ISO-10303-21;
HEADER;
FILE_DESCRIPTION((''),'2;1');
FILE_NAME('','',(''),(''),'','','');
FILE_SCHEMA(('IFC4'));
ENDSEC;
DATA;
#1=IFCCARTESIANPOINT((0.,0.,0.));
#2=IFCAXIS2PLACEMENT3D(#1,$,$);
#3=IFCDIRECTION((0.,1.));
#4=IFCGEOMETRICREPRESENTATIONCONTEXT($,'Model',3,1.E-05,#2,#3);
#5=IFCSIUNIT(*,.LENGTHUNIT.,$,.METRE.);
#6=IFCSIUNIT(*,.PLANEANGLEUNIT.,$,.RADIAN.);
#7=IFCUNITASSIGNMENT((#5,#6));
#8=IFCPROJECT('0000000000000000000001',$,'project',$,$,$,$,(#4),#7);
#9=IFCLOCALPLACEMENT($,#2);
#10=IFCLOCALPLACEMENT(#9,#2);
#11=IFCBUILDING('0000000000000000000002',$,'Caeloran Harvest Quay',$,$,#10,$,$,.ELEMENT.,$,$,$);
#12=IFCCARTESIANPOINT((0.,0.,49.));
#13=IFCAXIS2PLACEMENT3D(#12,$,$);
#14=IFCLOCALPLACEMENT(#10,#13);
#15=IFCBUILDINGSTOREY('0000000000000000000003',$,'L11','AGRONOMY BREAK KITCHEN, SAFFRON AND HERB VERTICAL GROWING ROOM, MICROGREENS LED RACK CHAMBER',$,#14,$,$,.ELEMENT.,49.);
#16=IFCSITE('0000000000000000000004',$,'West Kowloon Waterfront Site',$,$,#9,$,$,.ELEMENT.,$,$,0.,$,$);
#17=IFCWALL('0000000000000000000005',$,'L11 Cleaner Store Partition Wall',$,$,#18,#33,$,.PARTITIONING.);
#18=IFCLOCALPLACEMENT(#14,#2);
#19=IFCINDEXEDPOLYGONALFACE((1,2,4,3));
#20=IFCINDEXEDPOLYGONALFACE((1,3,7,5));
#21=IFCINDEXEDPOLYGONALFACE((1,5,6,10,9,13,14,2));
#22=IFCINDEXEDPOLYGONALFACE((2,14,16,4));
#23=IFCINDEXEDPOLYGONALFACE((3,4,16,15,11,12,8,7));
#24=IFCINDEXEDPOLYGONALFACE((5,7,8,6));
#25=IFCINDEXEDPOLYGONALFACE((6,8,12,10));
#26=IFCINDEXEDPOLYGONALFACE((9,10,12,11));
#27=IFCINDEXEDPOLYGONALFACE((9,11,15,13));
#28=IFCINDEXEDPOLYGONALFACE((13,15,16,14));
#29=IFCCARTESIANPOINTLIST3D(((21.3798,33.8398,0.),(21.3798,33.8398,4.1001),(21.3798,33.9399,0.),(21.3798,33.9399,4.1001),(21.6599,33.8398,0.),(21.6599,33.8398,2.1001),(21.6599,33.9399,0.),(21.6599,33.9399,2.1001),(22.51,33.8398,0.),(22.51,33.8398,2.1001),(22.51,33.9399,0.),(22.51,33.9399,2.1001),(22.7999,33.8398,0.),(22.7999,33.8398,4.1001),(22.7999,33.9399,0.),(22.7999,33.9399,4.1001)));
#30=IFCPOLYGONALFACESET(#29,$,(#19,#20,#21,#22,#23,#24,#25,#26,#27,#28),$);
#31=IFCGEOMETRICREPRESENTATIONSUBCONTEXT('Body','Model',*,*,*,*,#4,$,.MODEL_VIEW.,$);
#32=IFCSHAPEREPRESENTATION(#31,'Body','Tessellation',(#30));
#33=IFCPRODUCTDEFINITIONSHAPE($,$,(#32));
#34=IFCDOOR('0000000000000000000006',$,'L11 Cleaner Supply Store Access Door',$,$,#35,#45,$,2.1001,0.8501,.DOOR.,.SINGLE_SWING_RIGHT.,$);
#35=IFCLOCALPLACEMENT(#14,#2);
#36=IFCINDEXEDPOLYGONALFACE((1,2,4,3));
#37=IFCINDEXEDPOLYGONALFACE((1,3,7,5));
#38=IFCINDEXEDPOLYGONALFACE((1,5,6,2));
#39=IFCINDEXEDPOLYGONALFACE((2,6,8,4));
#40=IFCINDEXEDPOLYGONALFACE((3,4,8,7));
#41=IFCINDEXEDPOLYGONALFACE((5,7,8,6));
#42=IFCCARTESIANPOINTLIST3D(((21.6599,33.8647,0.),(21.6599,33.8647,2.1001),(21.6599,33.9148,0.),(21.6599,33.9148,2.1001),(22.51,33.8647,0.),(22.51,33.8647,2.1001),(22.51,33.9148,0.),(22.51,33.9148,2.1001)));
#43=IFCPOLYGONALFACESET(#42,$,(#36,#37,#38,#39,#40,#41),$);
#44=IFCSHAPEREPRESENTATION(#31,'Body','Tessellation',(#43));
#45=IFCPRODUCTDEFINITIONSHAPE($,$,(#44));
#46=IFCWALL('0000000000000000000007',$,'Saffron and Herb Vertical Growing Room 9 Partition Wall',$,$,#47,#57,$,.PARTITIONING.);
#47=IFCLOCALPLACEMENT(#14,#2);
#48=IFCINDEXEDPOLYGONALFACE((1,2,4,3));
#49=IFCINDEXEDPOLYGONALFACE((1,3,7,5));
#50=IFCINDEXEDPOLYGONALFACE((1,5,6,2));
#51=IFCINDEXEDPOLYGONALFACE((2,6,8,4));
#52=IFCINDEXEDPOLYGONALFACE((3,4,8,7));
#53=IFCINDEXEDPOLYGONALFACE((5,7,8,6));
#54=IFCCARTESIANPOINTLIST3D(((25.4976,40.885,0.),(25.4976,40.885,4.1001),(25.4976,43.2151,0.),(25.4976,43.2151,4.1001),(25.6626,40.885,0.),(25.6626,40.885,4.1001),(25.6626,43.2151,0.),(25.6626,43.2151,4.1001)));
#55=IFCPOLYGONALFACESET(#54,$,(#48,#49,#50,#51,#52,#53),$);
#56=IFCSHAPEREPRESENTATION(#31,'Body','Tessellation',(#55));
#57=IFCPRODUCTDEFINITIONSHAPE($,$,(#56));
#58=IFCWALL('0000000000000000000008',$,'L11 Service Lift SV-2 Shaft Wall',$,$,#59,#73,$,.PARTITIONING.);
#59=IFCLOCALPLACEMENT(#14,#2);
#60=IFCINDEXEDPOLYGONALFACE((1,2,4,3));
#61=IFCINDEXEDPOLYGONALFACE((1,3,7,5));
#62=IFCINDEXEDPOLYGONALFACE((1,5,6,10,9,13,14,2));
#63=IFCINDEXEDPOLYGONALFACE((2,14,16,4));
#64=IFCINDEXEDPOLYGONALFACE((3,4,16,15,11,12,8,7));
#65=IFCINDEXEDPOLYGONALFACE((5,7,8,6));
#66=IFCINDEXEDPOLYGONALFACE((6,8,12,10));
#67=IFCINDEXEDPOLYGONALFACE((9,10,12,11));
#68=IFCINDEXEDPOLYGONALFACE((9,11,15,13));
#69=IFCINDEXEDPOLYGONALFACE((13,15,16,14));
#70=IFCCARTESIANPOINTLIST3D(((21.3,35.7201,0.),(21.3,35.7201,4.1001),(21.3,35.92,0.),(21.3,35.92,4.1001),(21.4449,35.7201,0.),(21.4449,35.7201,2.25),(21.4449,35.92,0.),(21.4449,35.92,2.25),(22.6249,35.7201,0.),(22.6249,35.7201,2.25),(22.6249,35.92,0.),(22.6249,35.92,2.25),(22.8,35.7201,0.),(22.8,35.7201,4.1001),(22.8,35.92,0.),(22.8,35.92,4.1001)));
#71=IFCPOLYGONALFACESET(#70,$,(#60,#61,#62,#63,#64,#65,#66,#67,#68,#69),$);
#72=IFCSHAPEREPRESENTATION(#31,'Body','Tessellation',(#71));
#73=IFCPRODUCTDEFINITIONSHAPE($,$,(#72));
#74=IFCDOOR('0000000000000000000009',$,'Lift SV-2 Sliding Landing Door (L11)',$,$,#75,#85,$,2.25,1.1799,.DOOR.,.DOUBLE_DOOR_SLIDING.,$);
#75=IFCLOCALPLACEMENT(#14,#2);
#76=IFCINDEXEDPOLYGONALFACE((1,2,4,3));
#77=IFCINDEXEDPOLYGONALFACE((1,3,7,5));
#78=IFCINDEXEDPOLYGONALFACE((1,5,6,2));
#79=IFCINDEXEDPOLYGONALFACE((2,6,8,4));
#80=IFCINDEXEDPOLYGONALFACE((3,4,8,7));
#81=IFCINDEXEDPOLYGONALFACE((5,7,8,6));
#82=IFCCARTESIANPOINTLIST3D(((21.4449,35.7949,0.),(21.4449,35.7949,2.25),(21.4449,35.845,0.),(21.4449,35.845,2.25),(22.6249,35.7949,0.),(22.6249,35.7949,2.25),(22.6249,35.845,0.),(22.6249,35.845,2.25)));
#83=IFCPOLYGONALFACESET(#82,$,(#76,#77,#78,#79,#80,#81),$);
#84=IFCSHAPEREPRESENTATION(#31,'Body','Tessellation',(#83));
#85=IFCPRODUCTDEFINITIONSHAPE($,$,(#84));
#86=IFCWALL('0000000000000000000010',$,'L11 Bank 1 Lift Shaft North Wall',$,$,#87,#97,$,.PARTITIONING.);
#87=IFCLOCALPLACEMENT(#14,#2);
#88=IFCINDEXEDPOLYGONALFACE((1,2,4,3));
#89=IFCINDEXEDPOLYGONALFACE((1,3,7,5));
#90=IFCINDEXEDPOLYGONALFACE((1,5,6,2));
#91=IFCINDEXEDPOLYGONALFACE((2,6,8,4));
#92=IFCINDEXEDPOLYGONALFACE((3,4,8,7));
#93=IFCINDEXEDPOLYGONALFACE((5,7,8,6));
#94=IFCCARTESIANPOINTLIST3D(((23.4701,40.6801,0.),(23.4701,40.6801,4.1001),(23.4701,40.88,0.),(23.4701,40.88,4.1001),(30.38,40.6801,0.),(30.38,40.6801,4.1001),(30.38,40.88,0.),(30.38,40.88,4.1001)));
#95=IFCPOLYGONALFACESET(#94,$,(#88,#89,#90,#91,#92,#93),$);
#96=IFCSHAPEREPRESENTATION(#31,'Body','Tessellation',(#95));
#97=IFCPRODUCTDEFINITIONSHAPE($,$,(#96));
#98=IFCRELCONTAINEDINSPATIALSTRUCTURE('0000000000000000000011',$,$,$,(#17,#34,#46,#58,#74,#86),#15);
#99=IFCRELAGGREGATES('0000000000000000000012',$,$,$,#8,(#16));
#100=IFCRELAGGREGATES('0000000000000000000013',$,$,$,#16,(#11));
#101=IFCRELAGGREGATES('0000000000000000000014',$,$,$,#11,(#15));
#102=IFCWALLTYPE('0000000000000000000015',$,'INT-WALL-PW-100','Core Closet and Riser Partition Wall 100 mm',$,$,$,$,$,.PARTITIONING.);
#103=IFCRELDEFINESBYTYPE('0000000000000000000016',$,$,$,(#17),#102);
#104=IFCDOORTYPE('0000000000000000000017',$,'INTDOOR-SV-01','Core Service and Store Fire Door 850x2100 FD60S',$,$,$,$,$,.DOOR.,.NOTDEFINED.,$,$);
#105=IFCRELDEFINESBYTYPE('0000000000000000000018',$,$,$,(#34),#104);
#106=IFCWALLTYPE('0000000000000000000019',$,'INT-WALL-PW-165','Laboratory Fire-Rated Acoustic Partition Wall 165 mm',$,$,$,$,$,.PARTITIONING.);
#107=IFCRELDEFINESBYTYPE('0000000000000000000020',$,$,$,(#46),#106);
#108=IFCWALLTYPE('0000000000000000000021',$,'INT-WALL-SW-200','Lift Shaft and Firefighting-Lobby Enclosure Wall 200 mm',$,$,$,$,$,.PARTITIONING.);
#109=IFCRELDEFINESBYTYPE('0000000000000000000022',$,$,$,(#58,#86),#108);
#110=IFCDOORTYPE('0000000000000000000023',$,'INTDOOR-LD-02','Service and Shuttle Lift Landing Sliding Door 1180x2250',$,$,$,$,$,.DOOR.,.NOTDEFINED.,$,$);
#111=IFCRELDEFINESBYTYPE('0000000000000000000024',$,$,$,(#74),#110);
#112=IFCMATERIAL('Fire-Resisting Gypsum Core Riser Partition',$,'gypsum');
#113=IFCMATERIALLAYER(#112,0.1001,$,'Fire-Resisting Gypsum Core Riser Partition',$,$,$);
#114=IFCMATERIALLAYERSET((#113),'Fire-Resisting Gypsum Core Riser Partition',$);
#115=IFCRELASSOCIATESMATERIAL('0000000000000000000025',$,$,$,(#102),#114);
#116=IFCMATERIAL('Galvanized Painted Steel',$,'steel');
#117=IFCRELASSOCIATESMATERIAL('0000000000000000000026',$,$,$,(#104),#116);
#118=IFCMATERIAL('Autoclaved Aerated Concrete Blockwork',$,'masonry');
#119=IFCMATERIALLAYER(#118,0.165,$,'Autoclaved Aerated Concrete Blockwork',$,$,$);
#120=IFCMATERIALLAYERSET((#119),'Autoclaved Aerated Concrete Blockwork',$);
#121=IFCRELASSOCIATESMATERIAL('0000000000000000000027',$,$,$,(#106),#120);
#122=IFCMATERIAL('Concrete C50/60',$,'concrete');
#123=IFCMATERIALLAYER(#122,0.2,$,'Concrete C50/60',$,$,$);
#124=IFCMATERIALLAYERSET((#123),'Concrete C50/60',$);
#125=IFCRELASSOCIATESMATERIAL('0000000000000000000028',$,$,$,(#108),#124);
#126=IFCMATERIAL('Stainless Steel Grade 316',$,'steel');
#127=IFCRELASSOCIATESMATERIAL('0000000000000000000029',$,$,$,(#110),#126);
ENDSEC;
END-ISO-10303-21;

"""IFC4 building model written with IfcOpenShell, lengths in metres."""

from ifc_helpers import new_model, si_unit, direction, frame, frame_2d, origin, place, context, subcontext, project, spatial, rectangle, extrude, material, layer, layer_set, type_object, element, fill, save


model = new_model("IFC4")

# Units and contexts
model_context = context("Model", 3, precision=1e-05, world=origin(), true_north=direction((0.0, 1.0)))
body_context = subcontext(model_context, "Body", "Model", "MODEL_VIEW")
ifc_project = project(units=[si_unit("LENGTHUNIT", "METRE"), si_unit("PLANEANGLEUNIT", "RADIAN")], contexts=[model_context])

# Site, building, storey
site_placement = place(None, origin())
site = spatial("IfcSite", under=ifc_project, at=site_placement, Name="West Kowloon Waterfront Site", CompositionType="ELEMENT", RefElevation=0.0)
building_placement = place(site_placement, origin())
building = spatial("IfcBuilding", under=site, at=building_placement, Name="Caeloran Harvest Quay", CompositionType="ELEMENT")
storey_placement = place(building_placement, frame((0.0, 0.0, 49.0)))
storey = spatial("IfcBuildingStorey", under=building, at=storey_placement, Name="L11", Description="AGRONOMY BREAK KITCHEN, SAFFRON AND HERB VERTICAL GROWING ROOM, MICROGREENS LED RACK CHAMBER", CompositionType="ELEMENT", Elevation=49.0)

# Wall, opening, door
ifc_material_1 = material(Name="Fire-Resisting Gypsum Core Riser Partition", Category="gypsum")
ifc_layer_1 = layer(ifc_material_1, 0.1001, Name="Fire-Resisting Gypsum Core Riser Partition")
ifc_layer_set_1 = layer_set([ifc_layer_1], Name="Fire-Resisting Gypsum Core Riser Partition")
wall_type_1 = type_object("IfcWallType", Name="INT-WALL-PW-100", Description="Core Closet and Riser Partition Wall 100 mm", PredefinedType="PARTITIONING", material=ifc_layer_set_1)
wall_1_placement = place(storey_placement, frame((21.3799, 33.8899, 0.0), z_axis=(0.0, 0.0, 1.0), x_axis=(1.0, 0.0, 0.0)))
wall_1 = element("IfcWall", 1, at=wall_1_placement, inside=storey, type_object=wall_type_1, Name="L11 Cleaner Store Partition Wall", PredefinedType="PARTITIONING", context=body_context, shape_type="SweptSolid", body=[
    extrude(rectangle(XDim=1.4202, YDim=0.1001, at=frame_2d((0.71, 0.0))), origin(), (0.0, 0.0, 1.0), 4.1001),
])
opening_1_placement = place(wall_1_placement, frame((0.28, 0.0, 0.0)))
opening_1 = element("IfcOpeningElement", 2, at=opening_1_placement, cuts=wall_1, PredefinedType="OPENING", context=body_context, shape_type="SweptSolid", body=[
    extrude(rectangle(XDim=0.8501, YDim=2.1001, at=frame_2d((0.425, 1.05))), frame((0.0, 0.0601, 0.0), z_axis=(0.0, -1.0, 0.0), x_axis=(1.0, 0.0, 0.0)), (0.0, 0.0, 1.0), 0.1201),
])
ifc_material_2 = material(Name="Galvanized Painted Steel", Category="steel")
door_type_1 = type_object("IfcDoorType", Name="INTDOOR-SV-01", Description="Core Service and Store Fire Door 850x2100 FD60S", OperationType="NOTDEFINED", PredefinedType="DOOR", material=ifc_material_2)
door_1_placement = place(opening_1_placement, origin())
door_1 = element("IfcDoor", 3, at=door_1_placement, inside=storey, type_object=door_type_1, Name="L11 Cleaner Supply Store Access Door", OperationType="SINGLE_SWING_RIGHT", OverallHeight=2.1001, OverallWidth=0.8501, PredefinedType="DOOR", context=body_context, shape_type="SweptSolid", body=[
    extrude(rectangle(XDim=0.8501, YDim=2.1001, at=frame_2d((0.425, 1.05))), frame((0.0, 0.0249, 0.0), z_axis=(0.0, -1.0, 0.0), x_axis=(1.0, 0.0, 0.0)), (0.0, 0.0, 1.0), 0.05),
])
fill(opening_1, door_1)

# Wall
ifc_material_3 = material(Name="Autoclaved Aerated Concrete Blockwork", Category="masonry")
ifc_layer_2 = layer(ifc_material_3, 0.165, Name="Autoclaved Aerated Concrete Blockwork")
ifc_layer_set_2 = layer_set([ifc_layer_2], Name="Autoclaved Aerated Concrete Blockwork")
wall_type_2 = type_object("IfcWallType", Name="INT-WALL-PW-165", Description="Laboratory Fire-Rated Acoustic Partition Wall 165 mm", PredefinedType="PARTITIONING", material=ifc_layer_set_2)
wall_2_placement = place(storey_placement, frame((25.5801, 40.885, 0.0), z_axis=(0.0, 0.0, 1.0), x_axis=(0.0, 1.0, 0.0)))
element("IfcWall", 4, at=wall_2_placement, inside=storey, type_object=wall_type_2, Name="Saffron and Herb Vertical Growing Room 9 Partition Wall", PredefinedType="PARTITIONING", context=body_context, shape_type="SweptSolid", body=[
    extrude(rectangle(XDim=2.3301, YDim=0.165, at=frame_2d((1.165, 0.0))), origin(), (0.0, 0.0, 1.0), 4.1001),
])

# Wall, opening, door
ifc_material_4 = material(Name="Concrete C50/60", Category="concrete")
ifc_layer_3 = layer(ifc_material_4, 0.2, Name="Concrete C50/60")
ifc_layer_set_3 = layer_set([ifc_layer_3], Name="Concrete C50/60")
wall_type_3 = type_object("IfcWallType", Name="INT-WALL-SW-200", Description="Lift Shaft and Firefighting-Lobby Enclosure Wall 200 mm", PredefinedType="PARTITIONING", material=ifc_layer_set_3)
wall_3_placement = place(storey_placement, frame((21.3, 35.8201, 0.0), z_axis=(0.0, 0.0, 1.0), x_axis=(1.0, 0.0, 0.0)))
wall_3 = element("IfcWall", 5, at=wall_3_placement, inside=storey, type_object=wall_type_3, Name="L11 Service Lift SV-2 Shaft Wall", PredefinedType="PARTITIONING", context=body_context, shape_type="SweptSolid", body=[
    extrude(rectangle(XDim=1.5, YDim=0.2, at=frame_2d((0.75, 0.0))), origin(), (0.0, 0.0, 1.0), 4.1001),
])
opening_2_placement = place(wall_3_placement, frame((0.145, 0.0, 0.0)))
opening_2 = element("IfcOpeningElement", 6, at=opening_2_placement, cuts=wall_3, PredefinedType="OPENING", context=body_context, shape_type="SweptSolid", body=[
    extrude(rectangle(XDim=1.1799, YDim=2.25, at=frame_2d((0.5898, 1.125))), frame((0.0, 0.1099, 0.0), z_axis=(0.0, -1.0, 0.0), x_axis=(1.0, 0.0, 0.0)), (0.0, 0.0, 1.0), 0.22),
])
ifc_material_5 = material(Name="Stainless Steel Grade 316", Category="steel")
door_type_2 = type_object("IfcDoorType", Name="INTDOOR-LD-02", Description="Service and Shuttle Lift Landing Sliding Door 1180x2250", OperationType="NOTDEFINED", PredefinedType="DOOR", material=ifc_material_5)
door_2_placement = place(opening_2_placement, origin())
door_2 = element("IfcDoor", 7, at=door_2_placement, inside=storey, type_object=door_type_2, Name="Lift SV-2 Sliding Landing Door (L11)", OperationType="DOUBLE_DOOR_SLIDING", OverallHeight=2.25, OverallWidth=1.1799, PredefinedType="DOOR", context=body_context, shape_type="SweptSolid", body=[
    extrude(rectangle(XDim=1.1799, YDim=2.25, at=frame_2d((0.5898, 1.125))), frame((0.0, 0.0249, 0.0), z_axis=(0.0, -1.0, 0.0), x_axis=(1.0, 0.0, 0.0)), (0.0, 0.0, 1.0), 0.05),
])
fill(opening_2, door_2)

# Wall
wall_4_placement = place(storey_placement, frame((23.47, 40.78, 0.0), z_axis=(0.0, 0.0, 1.0), x_axis=(1.0, 0.0, 0.0)))
element("IfcWall", 8, at=wall_4_placement, inside=storey, type_object=wall_type_3, Name="L11 Bank 1 Lift Shaft North Wall", PredefinedType="PARTITIONING", context=body_context, shape_type="SweptSolid", body=[
    extrude(rectangle(XDim=6.9099, YDim=0.2, at=frame_2d((3.4551, 0.0))), origin(), (0.0, 0.0, 1.0), 4.1001),
])

save(model, "model.ifc")
